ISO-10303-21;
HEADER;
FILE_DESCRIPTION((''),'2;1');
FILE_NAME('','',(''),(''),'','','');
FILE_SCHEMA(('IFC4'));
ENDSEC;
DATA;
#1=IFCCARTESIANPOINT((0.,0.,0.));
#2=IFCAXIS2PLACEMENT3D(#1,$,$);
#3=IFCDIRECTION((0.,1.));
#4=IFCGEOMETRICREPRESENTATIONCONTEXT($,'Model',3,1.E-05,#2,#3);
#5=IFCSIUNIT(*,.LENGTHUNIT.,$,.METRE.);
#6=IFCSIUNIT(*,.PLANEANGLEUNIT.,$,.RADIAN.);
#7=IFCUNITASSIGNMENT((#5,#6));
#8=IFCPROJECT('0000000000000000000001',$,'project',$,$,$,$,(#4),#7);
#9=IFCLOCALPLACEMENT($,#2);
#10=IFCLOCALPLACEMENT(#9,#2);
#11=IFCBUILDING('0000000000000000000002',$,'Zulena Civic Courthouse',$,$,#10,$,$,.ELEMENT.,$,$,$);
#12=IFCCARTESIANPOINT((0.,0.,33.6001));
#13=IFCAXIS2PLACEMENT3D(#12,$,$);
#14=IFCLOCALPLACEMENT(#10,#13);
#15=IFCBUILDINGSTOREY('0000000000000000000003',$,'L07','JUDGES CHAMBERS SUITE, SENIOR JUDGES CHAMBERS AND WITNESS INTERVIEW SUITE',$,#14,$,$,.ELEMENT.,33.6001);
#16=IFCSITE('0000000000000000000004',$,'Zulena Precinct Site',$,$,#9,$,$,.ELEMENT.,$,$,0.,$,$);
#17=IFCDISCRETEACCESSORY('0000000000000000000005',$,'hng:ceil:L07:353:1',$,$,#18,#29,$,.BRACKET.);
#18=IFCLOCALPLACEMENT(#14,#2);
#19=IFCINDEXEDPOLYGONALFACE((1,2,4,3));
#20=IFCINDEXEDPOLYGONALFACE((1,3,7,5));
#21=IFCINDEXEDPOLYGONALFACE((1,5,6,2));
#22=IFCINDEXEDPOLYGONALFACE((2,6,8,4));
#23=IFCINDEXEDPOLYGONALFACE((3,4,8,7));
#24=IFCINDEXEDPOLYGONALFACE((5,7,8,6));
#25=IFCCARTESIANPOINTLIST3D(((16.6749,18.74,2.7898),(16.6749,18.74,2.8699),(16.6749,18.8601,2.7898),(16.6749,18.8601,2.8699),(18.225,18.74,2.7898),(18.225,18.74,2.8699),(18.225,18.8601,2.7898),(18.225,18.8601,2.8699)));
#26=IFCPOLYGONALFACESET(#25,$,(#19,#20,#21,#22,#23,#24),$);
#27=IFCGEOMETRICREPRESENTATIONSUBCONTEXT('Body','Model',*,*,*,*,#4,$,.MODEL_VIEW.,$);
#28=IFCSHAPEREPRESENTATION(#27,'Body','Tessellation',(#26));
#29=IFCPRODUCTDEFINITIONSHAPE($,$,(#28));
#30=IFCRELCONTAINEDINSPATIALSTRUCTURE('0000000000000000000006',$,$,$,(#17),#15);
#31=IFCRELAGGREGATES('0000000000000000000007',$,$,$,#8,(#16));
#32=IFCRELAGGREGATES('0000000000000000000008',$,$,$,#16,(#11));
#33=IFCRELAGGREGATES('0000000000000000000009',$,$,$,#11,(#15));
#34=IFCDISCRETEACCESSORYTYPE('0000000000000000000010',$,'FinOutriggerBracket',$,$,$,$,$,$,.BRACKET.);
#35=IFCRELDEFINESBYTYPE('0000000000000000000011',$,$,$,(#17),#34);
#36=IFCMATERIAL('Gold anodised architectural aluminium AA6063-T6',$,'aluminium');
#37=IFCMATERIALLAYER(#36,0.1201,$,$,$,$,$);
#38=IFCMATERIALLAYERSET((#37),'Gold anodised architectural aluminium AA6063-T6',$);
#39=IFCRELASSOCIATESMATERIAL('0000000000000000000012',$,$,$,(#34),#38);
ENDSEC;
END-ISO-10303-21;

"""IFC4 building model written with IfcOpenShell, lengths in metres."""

from ifc_helpers import new_model, si_unit, direction, frame, origin, origin_2d, place, context, subcontext, project, spatial, rectangle, extrude, material, layer, layer_set, type_object, element, save


model = new_model("IFC4")

# Units and contexts
model_context = context("Model", 3, precision=1e-05, world=origin(), true_north=direction((0.0, 1.0)))
body_context = subcontext(model_context, "Body", "Model", "MODEL_VIEW")
ifc_project = project(units=[si_unit("LENGTHUNIT", "METRE"), si_unit("PLANEANGLEUNIT", "RADIAN")], contexts=[model_context])

# Site, building, storey
site_placement = place(None, origin())
site = spatial("IfcSite", under=ifc_project, at=site_placement, Name="Zulena Precinct Site", CompositionType="ELEMENT", RefElevation=0.0)
building_placement = place(site_placement, origin())
building = spatial("IfcBuilding", under=site, at=building_placement, Name="Zulena Civic Courthouse", CompositionType="ELEMENT")
storey_placement = place(building_placement, frame((0.0, 0.0, 33.6001)))
storey = spatial("IfcBuildingStorey", under=building, at=storey_placement, Name="L07", Description="JUDGES CHAMBERS SUITE, SENIOR JUDGES CHAMBERS AND WITNESS INTERVIEW SUITE", CompositionType="ELEMENT", Elevation=33.6001)

# Discrete accessory
ifc_material_1 = material(Name="Gold anodised architectural aluminium AA6063-T6", Category="aluminium")
ifc_layer_1 = layer(ifc_material_1, 0.1201)
ifc_layer_set_1 = layer_set([ifc_layer_1], Name="Gold anodised architectural aluminium AA6063-T6")
discrete_accessory_type = type_object("IfcDiscreteAccessoryType", Name="FinOutriggerBracket", PredefinedType="BRACKET", material=ifc_layer_set_1)
for number, where, z_axis, x_axis, name in (
    (1, (17.45, 18.8, 2.7898), (0.0, 0.0, 1.0), (1.0, 0.0, 0.0), "hng:ceil:L07:353:1"),
):
    element("IfcDiscreteAccessory", number, at=place(storey_placement, frame(where, z_axis=z_axis, x_axis=x_axis)), inside=storey, type_object=discrete_accessory_type, Name=name, PredefinedType="BRACKET", context=body_context, shape_type="SweptSolid", body=[
        extrude(rectangle(XDim=1.55, YDim=0.1201, at=origin_2d()), origin(), (0.0, 0.0, 1.0), 0.0801),
    ])

save(model, "model.ifc")
